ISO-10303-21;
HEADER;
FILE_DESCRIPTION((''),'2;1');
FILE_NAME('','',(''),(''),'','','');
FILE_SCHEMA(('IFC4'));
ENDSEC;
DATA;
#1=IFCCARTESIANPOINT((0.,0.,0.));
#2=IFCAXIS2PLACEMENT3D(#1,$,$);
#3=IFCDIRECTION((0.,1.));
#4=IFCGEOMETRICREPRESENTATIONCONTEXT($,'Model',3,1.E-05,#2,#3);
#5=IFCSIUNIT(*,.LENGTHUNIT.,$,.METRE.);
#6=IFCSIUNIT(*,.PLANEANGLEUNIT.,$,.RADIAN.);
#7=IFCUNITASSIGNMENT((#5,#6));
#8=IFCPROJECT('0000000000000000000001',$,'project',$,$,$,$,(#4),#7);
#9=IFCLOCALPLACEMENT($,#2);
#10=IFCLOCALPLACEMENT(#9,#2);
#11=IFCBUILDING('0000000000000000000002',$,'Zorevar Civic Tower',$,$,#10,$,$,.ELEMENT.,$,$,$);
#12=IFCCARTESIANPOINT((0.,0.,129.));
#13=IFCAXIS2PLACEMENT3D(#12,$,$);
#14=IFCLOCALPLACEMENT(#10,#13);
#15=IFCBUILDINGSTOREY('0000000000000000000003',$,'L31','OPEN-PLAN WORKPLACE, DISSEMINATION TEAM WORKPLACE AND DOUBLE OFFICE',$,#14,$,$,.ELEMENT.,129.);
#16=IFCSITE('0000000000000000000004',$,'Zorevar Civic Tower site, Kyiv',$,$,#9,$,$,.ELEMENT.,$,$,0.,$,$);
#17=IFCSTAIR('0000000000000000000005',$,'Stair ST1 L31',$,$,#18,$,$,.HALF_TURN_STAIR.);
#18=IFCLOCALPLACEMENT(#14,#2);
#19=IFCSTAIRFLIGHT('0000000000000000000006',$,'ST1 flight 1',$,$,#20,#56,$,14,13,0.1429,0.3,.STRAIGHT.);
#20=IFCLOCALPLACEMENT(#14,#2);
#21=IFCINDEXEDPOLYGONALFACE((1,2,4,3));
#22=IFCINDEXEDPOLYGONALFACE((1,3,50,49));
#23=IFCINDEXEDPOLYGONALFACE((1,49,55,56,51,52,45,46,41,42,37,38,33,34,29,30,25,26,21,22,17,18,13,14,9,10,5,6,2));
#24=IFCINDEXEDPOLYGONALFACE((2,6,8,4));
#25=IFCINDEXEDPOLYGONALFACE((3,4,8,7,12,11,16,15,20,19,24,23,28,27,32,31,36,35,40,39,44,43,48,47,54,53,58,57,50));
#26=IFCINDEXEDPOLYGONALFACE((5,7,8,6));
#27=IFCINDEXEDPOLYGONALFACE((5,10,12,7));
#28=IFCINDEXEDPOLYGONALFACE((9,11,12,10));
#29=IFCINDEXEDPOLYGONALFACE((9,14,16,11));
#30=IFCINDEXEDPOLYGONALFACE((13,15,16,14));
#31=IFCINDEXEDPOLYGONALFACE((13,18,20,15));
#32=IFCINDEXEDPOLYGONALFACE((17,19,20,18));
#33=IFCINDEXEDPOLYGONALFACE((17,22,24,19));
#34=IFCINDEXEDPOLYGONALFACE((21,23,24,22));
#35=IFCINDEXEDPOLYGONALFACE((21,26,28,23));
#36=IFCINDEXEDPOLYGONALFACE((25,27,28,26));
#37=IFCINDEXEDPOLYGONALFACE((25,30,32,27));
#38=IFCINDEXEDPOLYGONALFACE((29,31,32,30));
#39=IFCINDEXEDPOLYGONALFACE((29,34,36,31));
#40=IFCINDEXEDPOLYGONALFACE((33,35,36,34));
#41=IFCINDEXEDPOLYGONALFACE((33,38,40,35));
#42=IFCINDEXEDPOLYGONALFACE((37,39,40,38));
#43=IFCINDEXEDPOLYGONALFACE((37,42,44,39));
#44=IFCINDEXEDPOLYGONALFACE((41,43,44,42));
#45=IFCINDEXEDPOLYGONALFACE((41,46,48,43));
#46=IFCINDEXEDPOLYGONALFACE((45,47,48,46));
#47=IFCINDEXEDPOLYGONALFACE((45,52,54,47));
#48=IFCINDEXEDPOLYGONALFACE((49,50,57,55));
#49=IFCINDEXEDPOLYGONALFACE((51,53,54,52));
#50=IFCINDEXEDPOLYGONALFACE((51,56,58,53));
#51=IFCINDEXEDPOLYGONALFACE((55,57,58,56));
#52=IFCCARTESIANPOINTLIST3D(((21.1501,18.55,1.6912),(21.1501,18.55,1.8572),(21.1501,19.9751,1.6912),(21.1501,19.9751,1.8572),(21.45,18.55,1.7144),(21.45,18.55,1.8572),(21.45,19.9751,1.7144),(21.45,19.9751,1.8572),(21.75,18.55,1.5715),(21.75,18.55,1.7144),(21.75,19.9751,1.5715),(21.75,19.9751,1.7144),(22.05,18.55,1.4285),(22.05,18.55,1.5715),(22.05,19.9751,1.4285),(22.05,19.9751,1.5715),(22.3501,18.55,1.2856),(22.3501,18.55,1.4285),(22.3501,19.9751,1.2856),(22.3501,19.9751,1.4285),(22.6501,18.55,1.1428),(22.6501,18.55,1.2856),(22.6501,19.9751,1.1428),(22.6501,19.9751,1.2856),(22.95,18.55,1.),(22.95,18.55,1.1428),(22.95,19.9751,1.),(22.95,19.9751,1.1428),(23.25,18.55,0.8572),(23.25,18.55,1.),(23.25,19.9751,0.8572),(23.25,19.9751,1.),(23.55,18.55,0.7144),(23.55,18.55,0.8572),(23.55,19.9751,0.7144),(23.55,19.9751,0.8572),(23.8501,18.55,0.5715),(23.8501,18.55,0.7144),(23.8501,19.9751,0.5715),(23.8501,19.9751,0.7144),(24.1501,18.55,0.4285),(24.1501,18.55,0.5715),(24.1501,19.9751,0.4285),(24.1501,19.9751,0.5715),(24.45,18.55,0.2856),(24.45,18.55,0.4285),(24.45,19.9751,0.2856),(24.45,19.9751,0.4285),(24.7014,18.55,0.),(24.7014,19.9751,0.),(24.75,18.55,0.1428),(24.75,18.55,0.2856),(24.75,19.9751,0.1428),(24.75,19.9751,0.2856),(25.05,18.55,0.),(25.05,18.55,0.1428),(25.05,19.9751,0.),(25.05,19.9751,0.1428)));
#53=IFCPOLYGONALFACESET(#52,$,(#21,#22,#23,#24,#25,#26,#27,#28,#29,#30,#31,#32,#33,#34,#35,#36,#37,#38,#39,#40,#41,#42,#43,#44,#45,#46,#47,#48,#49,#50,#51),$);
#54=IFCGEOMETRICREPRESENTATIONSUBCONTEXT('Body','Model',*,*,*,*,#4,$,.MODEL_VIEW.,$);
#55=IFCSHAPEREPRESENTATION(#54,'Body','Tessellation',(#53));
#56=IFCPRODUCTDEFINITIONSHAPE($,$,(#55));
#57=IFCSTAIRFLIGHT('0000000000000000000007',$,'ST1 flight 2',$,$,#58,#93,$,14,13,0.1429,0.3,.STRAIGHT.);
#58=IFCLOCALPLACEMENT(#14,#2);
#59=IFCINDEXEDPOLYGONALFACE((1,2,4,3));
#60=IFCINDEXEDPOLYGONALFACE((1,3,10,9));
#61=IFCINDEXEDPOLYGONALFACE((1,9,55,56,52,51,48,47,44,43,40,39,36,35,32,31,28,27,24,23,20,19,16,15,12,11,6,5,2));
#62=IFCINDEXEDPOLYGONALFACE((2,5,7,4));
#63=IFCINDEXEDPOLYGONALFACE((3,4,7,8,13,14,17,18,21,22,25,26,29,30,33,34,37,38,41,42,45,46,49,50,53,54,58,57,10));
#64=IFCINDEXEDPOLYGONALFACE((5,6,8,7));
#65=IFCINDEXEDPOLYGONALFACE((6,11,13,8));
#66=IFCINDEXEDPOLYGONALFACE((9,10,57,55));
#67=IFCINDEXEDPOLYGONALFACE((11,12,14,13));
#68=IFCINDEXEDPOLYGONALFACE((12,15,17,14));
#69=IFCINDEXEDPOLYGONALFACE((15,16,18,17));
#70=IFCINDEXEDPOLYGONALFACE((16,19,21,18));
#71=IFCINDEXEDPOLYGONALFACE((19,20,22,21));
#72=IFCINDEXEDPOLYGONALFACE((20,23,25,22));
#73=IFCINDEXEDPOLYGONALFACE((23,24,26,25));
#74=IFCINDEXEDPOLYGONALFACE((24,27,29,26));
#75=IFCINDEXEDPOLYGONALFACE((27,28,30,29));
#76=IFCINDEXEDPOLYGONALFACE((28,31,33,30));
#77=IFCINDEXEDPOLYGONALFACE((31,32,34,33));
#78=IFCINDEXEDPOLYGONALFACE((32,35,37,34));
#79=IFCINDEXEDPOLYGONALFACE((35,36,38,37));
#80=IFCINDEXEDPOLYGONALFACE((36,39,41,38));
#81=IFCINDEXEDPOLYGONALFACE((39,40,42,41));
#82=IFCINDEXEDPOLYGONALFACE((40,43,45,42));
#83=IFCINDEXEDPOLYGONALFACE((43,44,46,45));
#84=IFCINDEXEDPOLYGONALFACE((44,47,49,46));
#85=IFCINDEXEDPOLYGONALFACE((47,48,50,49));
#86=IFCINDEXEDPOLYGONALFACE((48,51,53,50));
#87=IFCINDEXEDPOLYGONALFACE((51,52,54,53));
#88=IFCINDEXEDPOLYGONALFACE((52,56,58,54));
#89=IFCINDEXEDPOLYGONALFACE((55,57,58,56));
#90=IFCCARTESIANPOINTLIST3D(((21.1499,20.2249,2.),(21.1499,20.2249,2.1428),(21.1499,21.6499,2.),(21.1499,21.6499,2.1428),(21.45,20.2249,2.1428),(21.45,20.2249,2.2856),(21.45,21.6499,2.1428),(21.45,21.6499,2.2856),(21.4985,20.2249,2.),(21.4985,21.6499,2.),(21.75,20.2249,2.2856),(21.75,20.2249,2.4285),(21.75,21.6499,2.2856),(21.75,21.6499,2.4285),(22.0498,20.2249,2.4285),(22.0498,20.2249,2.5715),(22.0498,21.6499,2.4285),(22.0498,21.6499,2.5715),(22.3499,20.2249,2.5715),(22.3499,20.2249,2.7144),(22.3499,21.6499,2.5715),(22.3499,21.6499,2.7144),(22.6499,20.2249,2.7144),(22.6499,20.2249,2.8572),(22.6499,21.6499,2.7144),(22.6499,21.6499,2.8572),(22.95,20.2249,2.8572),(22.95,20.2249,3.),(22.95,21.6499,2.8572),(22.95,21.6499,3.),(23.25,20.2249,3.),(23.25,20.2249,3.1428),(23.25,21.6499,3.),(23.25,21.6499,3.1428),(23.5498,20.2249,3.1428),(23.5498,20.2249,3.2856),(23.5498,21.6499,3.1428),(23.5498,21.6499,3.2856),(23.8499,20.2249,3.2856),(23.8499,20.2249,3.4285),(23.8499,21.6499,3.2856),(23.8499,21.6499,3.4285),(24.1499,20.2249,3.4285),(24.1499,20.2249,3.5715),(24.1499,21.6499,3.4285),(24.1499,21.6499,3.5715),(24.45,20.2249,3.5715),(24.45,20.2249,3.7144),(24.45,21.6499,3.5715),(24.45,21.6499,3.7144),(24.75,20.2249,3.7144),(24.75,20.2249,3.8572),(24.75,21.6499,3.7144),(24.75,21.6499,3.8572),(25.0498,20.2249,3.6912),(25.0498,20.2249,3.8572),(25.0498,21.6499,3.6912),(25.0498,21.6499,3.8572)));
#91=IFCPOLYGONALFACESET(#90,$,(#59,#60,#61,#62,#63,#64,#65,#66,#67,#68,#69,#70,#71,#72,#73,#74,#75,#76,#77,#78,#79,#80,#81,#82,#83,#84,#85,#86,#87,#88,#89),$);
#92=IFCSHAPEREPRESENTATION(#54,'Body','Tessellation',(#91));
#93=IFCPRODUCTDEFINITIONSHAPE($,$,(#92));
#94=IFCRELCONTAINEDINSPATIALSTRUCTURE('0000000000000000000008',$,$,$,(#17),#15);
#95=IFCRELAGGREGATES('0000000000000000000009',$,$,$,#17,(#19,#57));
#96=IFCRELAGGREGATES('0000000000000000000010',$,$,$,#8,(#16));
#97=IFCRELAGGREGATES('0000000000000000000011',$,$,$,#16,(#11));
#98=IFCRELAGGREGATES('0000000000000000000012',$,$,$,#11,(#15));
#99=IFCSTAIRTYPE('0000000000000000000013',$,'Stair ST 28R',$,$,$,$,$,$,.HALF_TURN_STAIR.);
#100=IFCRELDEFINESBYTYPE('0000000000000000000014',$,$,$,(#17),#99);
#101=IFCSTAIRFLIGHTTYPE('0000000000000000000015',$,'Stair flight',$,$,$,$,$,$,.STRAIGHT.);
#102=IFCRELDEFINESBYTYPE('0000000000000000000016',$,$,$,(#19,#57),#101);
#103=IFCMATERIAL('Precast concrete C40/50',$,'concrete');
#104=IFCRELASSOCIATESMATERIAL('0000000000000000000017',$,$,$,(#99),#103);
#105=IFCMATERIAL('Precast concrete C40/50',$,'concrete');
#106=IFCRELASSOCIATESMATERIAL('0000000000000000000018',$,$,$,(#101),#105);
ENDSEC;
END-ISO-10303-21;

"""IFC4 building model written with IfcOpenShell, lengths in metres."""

from ifc_helpers import new_model, si_unit, direction, frame, origin, place, context, subcontext, project, spatial, polyline, outline, extrude, material, type_object, element, aggregate, save


model = new_model("IFC4")

# Units and contexts
model_context = context("Model", 3, precision=1e-05, world=origin(), true_north=direction((0.0, 1.0)))
body_context = subcontext(model_context, "Body", "Model", "MODEL_VIEW")
ifc_project = project(units=[si_unit("LENGTHUNIT", "METRE"), si_unit("PLANEANGLEUNIT", "RADIAN")], contexts=[model_context])

# Site, building, storey
site_placement = place(None, origin())
site = spatial("IfcSite", under=ifc_project, at=site_placement, Name="Zorevar Civic Tower site, Kyiv", CompositionType="ELEMENT", RefElevation=0.0)
building_placement = place(site_placement, origin())
building = spatial("IfcBuilding", under=site, at=building_placement, Name="Zorevar Civic Tower", CompositionType="ELEMENT")
storey_placement = place(building_placement, frame((0.0, 0.0, 129.0)))
storey = spatial("IfcBuildingStorey", under=building, at=storey_placement, Name="L31", Description="OPEN-PLAN WORKPLACE, DISSEMINATION TEAM WORKPLACE AND DOUBLE OFFICE", CompositionType="ELEMENT", Elevation=129.0)

# Stair, stair flights
ifc_material_1 = material(Name="Precast concrete C40/50", Category="concrete")
stair_type = type_object("IfcStairType", Name="Stair ST 28R", PredefinedType="HALF_TURN_STAIR", material=ifc_material_1)
stair_placement = place(storey_placement, origin())
stair = element("IfcStair", 1, at=stair_placement, inside=storey, type_object=stair_type, Name="Stair ST1 L31", PredefinedType="HALF_TURN_STAIR")
ifc_material_2 = material(Name="Precast concrete C40/50", Category="concrete")
stair_flight_type = type_object("IfcStairFlightType", Name="Stair flight", PredefinedType="STRAIGHT", material=ifc_material_2)
stair_flight_1_placement = place(storey_placement, frame((25.05, 19.2625, 0.0), z_axis=(0.0, 0.0, 1.0), x_axis=(-1.0, 0.0, 0.0)))
stair_flight_1 = element("IfcStairFlight", 2, at=stair_flight_1_placement, type_object=stair_flight_type, Name="ST1 flight 1", NumberOfRisers=14, NumberOfTreads=13, PredefinedType="STRAIGHT", RiserHeight=0.1429, TreadLength=0.3, context=body_context, shape_type="SweptSolid", body=[
    extrude(outline(polyline([(0.0, 0.0), (0.0, 0.1428), (0.3, 0.1428), (0.3, 0.2856), (0.6001, 0.2856), (0.6001, 0.4285), (0.8999, 0.4285), (0.8999, 0.5715), (1.2, 0.5715), (1.2, 0.7144), (1.5, 0.7144), (1.5, 0.8572), (1.8, 0.8572), (1.8, 1.0), (2.1001, 1.0), (2.1001, 1.1428), (2.3999, 1.1428), (2.3999, 1.2856), (2.7, 1.2856), (2.7, 1.4285), (3.0, 1.4285), (3.0, 1.5715), (3.3, 1.5715), (3.3, 1.7144), (3.6001, 1.7144), (3.6001, 1.8572), (3.8999, 1.8572), (3.8999, 2.0), (3.8999, 1.6912), (0.3486, 0.0), (0.0, 0.0)])), frame((0.0, 0.7124, 0.0), z_axis=(0.0, -1.0, 0.0), x_axis=(1.0, 0.0, 0.0)), (0.0, 0.0, 1.0), 1.425),
])
stair_flight_2_placement = place(storey_placement, frame((21.1499, 20.9375, 2.0), z_axis=(0.0, 0.0, 1.0), x_axis=(1.0, 0.0, 0.0)))
stair_flight_2 = element("IfcStairFlight", 3, at=stair_flight_2_placement, type_object=stair_flight_type, Name="ST1 flight 2", NumberOfRisers=14, NumberOfTreads=13, PredefinedType="STRAIGHT", RiserHeight=0.1429, TreadLength=0.3, context=body_context, shape_type="SweptSolid", body=[
    extrude(outline(polyline([(0.0, 0.0), (0.0, 0.1428), (0.3, 0.1428), (0.3, 0.2856), (0.6001, 0.2856), (0.6001, 0.4285), (0.8999, 0.4285), (0.8999, 0.5715), (1.2, 0.5715), (1.2, 0.7144), (1.5, 0.7144), (1.5, 0.8572), (1.8, 0.8572), (1.8, 1.0), (2.1001, 1.0), (2.1001, 1.1428), (2.3999, 1.1428), (2.3999, 1.2856), (2.7, 1.2856), (2.7, 1.4285), (3.0, 1.4285), (3.0, 1.5715), (3.3, 1.5715), (3.3, 1.7144), (3.6001, 1.7144), (3.6001, 1.8572), (3.8999, 1.8572), (3.8999, 2.0), (3.8999, 1.6912), (0.3486, 0.0), (0.0, 0.0)])), frame((0.0, 0.7124, 0.0), z_axis=(0.0, -1.0, 0.0), x_axis=(1.0, 0.0, 0.0)), (0.0, 0.0, 1.0), 1.425),
])
aggregate(stair, [stair_flight_1, stair_flight_2])

save(model, "model.ifc")
